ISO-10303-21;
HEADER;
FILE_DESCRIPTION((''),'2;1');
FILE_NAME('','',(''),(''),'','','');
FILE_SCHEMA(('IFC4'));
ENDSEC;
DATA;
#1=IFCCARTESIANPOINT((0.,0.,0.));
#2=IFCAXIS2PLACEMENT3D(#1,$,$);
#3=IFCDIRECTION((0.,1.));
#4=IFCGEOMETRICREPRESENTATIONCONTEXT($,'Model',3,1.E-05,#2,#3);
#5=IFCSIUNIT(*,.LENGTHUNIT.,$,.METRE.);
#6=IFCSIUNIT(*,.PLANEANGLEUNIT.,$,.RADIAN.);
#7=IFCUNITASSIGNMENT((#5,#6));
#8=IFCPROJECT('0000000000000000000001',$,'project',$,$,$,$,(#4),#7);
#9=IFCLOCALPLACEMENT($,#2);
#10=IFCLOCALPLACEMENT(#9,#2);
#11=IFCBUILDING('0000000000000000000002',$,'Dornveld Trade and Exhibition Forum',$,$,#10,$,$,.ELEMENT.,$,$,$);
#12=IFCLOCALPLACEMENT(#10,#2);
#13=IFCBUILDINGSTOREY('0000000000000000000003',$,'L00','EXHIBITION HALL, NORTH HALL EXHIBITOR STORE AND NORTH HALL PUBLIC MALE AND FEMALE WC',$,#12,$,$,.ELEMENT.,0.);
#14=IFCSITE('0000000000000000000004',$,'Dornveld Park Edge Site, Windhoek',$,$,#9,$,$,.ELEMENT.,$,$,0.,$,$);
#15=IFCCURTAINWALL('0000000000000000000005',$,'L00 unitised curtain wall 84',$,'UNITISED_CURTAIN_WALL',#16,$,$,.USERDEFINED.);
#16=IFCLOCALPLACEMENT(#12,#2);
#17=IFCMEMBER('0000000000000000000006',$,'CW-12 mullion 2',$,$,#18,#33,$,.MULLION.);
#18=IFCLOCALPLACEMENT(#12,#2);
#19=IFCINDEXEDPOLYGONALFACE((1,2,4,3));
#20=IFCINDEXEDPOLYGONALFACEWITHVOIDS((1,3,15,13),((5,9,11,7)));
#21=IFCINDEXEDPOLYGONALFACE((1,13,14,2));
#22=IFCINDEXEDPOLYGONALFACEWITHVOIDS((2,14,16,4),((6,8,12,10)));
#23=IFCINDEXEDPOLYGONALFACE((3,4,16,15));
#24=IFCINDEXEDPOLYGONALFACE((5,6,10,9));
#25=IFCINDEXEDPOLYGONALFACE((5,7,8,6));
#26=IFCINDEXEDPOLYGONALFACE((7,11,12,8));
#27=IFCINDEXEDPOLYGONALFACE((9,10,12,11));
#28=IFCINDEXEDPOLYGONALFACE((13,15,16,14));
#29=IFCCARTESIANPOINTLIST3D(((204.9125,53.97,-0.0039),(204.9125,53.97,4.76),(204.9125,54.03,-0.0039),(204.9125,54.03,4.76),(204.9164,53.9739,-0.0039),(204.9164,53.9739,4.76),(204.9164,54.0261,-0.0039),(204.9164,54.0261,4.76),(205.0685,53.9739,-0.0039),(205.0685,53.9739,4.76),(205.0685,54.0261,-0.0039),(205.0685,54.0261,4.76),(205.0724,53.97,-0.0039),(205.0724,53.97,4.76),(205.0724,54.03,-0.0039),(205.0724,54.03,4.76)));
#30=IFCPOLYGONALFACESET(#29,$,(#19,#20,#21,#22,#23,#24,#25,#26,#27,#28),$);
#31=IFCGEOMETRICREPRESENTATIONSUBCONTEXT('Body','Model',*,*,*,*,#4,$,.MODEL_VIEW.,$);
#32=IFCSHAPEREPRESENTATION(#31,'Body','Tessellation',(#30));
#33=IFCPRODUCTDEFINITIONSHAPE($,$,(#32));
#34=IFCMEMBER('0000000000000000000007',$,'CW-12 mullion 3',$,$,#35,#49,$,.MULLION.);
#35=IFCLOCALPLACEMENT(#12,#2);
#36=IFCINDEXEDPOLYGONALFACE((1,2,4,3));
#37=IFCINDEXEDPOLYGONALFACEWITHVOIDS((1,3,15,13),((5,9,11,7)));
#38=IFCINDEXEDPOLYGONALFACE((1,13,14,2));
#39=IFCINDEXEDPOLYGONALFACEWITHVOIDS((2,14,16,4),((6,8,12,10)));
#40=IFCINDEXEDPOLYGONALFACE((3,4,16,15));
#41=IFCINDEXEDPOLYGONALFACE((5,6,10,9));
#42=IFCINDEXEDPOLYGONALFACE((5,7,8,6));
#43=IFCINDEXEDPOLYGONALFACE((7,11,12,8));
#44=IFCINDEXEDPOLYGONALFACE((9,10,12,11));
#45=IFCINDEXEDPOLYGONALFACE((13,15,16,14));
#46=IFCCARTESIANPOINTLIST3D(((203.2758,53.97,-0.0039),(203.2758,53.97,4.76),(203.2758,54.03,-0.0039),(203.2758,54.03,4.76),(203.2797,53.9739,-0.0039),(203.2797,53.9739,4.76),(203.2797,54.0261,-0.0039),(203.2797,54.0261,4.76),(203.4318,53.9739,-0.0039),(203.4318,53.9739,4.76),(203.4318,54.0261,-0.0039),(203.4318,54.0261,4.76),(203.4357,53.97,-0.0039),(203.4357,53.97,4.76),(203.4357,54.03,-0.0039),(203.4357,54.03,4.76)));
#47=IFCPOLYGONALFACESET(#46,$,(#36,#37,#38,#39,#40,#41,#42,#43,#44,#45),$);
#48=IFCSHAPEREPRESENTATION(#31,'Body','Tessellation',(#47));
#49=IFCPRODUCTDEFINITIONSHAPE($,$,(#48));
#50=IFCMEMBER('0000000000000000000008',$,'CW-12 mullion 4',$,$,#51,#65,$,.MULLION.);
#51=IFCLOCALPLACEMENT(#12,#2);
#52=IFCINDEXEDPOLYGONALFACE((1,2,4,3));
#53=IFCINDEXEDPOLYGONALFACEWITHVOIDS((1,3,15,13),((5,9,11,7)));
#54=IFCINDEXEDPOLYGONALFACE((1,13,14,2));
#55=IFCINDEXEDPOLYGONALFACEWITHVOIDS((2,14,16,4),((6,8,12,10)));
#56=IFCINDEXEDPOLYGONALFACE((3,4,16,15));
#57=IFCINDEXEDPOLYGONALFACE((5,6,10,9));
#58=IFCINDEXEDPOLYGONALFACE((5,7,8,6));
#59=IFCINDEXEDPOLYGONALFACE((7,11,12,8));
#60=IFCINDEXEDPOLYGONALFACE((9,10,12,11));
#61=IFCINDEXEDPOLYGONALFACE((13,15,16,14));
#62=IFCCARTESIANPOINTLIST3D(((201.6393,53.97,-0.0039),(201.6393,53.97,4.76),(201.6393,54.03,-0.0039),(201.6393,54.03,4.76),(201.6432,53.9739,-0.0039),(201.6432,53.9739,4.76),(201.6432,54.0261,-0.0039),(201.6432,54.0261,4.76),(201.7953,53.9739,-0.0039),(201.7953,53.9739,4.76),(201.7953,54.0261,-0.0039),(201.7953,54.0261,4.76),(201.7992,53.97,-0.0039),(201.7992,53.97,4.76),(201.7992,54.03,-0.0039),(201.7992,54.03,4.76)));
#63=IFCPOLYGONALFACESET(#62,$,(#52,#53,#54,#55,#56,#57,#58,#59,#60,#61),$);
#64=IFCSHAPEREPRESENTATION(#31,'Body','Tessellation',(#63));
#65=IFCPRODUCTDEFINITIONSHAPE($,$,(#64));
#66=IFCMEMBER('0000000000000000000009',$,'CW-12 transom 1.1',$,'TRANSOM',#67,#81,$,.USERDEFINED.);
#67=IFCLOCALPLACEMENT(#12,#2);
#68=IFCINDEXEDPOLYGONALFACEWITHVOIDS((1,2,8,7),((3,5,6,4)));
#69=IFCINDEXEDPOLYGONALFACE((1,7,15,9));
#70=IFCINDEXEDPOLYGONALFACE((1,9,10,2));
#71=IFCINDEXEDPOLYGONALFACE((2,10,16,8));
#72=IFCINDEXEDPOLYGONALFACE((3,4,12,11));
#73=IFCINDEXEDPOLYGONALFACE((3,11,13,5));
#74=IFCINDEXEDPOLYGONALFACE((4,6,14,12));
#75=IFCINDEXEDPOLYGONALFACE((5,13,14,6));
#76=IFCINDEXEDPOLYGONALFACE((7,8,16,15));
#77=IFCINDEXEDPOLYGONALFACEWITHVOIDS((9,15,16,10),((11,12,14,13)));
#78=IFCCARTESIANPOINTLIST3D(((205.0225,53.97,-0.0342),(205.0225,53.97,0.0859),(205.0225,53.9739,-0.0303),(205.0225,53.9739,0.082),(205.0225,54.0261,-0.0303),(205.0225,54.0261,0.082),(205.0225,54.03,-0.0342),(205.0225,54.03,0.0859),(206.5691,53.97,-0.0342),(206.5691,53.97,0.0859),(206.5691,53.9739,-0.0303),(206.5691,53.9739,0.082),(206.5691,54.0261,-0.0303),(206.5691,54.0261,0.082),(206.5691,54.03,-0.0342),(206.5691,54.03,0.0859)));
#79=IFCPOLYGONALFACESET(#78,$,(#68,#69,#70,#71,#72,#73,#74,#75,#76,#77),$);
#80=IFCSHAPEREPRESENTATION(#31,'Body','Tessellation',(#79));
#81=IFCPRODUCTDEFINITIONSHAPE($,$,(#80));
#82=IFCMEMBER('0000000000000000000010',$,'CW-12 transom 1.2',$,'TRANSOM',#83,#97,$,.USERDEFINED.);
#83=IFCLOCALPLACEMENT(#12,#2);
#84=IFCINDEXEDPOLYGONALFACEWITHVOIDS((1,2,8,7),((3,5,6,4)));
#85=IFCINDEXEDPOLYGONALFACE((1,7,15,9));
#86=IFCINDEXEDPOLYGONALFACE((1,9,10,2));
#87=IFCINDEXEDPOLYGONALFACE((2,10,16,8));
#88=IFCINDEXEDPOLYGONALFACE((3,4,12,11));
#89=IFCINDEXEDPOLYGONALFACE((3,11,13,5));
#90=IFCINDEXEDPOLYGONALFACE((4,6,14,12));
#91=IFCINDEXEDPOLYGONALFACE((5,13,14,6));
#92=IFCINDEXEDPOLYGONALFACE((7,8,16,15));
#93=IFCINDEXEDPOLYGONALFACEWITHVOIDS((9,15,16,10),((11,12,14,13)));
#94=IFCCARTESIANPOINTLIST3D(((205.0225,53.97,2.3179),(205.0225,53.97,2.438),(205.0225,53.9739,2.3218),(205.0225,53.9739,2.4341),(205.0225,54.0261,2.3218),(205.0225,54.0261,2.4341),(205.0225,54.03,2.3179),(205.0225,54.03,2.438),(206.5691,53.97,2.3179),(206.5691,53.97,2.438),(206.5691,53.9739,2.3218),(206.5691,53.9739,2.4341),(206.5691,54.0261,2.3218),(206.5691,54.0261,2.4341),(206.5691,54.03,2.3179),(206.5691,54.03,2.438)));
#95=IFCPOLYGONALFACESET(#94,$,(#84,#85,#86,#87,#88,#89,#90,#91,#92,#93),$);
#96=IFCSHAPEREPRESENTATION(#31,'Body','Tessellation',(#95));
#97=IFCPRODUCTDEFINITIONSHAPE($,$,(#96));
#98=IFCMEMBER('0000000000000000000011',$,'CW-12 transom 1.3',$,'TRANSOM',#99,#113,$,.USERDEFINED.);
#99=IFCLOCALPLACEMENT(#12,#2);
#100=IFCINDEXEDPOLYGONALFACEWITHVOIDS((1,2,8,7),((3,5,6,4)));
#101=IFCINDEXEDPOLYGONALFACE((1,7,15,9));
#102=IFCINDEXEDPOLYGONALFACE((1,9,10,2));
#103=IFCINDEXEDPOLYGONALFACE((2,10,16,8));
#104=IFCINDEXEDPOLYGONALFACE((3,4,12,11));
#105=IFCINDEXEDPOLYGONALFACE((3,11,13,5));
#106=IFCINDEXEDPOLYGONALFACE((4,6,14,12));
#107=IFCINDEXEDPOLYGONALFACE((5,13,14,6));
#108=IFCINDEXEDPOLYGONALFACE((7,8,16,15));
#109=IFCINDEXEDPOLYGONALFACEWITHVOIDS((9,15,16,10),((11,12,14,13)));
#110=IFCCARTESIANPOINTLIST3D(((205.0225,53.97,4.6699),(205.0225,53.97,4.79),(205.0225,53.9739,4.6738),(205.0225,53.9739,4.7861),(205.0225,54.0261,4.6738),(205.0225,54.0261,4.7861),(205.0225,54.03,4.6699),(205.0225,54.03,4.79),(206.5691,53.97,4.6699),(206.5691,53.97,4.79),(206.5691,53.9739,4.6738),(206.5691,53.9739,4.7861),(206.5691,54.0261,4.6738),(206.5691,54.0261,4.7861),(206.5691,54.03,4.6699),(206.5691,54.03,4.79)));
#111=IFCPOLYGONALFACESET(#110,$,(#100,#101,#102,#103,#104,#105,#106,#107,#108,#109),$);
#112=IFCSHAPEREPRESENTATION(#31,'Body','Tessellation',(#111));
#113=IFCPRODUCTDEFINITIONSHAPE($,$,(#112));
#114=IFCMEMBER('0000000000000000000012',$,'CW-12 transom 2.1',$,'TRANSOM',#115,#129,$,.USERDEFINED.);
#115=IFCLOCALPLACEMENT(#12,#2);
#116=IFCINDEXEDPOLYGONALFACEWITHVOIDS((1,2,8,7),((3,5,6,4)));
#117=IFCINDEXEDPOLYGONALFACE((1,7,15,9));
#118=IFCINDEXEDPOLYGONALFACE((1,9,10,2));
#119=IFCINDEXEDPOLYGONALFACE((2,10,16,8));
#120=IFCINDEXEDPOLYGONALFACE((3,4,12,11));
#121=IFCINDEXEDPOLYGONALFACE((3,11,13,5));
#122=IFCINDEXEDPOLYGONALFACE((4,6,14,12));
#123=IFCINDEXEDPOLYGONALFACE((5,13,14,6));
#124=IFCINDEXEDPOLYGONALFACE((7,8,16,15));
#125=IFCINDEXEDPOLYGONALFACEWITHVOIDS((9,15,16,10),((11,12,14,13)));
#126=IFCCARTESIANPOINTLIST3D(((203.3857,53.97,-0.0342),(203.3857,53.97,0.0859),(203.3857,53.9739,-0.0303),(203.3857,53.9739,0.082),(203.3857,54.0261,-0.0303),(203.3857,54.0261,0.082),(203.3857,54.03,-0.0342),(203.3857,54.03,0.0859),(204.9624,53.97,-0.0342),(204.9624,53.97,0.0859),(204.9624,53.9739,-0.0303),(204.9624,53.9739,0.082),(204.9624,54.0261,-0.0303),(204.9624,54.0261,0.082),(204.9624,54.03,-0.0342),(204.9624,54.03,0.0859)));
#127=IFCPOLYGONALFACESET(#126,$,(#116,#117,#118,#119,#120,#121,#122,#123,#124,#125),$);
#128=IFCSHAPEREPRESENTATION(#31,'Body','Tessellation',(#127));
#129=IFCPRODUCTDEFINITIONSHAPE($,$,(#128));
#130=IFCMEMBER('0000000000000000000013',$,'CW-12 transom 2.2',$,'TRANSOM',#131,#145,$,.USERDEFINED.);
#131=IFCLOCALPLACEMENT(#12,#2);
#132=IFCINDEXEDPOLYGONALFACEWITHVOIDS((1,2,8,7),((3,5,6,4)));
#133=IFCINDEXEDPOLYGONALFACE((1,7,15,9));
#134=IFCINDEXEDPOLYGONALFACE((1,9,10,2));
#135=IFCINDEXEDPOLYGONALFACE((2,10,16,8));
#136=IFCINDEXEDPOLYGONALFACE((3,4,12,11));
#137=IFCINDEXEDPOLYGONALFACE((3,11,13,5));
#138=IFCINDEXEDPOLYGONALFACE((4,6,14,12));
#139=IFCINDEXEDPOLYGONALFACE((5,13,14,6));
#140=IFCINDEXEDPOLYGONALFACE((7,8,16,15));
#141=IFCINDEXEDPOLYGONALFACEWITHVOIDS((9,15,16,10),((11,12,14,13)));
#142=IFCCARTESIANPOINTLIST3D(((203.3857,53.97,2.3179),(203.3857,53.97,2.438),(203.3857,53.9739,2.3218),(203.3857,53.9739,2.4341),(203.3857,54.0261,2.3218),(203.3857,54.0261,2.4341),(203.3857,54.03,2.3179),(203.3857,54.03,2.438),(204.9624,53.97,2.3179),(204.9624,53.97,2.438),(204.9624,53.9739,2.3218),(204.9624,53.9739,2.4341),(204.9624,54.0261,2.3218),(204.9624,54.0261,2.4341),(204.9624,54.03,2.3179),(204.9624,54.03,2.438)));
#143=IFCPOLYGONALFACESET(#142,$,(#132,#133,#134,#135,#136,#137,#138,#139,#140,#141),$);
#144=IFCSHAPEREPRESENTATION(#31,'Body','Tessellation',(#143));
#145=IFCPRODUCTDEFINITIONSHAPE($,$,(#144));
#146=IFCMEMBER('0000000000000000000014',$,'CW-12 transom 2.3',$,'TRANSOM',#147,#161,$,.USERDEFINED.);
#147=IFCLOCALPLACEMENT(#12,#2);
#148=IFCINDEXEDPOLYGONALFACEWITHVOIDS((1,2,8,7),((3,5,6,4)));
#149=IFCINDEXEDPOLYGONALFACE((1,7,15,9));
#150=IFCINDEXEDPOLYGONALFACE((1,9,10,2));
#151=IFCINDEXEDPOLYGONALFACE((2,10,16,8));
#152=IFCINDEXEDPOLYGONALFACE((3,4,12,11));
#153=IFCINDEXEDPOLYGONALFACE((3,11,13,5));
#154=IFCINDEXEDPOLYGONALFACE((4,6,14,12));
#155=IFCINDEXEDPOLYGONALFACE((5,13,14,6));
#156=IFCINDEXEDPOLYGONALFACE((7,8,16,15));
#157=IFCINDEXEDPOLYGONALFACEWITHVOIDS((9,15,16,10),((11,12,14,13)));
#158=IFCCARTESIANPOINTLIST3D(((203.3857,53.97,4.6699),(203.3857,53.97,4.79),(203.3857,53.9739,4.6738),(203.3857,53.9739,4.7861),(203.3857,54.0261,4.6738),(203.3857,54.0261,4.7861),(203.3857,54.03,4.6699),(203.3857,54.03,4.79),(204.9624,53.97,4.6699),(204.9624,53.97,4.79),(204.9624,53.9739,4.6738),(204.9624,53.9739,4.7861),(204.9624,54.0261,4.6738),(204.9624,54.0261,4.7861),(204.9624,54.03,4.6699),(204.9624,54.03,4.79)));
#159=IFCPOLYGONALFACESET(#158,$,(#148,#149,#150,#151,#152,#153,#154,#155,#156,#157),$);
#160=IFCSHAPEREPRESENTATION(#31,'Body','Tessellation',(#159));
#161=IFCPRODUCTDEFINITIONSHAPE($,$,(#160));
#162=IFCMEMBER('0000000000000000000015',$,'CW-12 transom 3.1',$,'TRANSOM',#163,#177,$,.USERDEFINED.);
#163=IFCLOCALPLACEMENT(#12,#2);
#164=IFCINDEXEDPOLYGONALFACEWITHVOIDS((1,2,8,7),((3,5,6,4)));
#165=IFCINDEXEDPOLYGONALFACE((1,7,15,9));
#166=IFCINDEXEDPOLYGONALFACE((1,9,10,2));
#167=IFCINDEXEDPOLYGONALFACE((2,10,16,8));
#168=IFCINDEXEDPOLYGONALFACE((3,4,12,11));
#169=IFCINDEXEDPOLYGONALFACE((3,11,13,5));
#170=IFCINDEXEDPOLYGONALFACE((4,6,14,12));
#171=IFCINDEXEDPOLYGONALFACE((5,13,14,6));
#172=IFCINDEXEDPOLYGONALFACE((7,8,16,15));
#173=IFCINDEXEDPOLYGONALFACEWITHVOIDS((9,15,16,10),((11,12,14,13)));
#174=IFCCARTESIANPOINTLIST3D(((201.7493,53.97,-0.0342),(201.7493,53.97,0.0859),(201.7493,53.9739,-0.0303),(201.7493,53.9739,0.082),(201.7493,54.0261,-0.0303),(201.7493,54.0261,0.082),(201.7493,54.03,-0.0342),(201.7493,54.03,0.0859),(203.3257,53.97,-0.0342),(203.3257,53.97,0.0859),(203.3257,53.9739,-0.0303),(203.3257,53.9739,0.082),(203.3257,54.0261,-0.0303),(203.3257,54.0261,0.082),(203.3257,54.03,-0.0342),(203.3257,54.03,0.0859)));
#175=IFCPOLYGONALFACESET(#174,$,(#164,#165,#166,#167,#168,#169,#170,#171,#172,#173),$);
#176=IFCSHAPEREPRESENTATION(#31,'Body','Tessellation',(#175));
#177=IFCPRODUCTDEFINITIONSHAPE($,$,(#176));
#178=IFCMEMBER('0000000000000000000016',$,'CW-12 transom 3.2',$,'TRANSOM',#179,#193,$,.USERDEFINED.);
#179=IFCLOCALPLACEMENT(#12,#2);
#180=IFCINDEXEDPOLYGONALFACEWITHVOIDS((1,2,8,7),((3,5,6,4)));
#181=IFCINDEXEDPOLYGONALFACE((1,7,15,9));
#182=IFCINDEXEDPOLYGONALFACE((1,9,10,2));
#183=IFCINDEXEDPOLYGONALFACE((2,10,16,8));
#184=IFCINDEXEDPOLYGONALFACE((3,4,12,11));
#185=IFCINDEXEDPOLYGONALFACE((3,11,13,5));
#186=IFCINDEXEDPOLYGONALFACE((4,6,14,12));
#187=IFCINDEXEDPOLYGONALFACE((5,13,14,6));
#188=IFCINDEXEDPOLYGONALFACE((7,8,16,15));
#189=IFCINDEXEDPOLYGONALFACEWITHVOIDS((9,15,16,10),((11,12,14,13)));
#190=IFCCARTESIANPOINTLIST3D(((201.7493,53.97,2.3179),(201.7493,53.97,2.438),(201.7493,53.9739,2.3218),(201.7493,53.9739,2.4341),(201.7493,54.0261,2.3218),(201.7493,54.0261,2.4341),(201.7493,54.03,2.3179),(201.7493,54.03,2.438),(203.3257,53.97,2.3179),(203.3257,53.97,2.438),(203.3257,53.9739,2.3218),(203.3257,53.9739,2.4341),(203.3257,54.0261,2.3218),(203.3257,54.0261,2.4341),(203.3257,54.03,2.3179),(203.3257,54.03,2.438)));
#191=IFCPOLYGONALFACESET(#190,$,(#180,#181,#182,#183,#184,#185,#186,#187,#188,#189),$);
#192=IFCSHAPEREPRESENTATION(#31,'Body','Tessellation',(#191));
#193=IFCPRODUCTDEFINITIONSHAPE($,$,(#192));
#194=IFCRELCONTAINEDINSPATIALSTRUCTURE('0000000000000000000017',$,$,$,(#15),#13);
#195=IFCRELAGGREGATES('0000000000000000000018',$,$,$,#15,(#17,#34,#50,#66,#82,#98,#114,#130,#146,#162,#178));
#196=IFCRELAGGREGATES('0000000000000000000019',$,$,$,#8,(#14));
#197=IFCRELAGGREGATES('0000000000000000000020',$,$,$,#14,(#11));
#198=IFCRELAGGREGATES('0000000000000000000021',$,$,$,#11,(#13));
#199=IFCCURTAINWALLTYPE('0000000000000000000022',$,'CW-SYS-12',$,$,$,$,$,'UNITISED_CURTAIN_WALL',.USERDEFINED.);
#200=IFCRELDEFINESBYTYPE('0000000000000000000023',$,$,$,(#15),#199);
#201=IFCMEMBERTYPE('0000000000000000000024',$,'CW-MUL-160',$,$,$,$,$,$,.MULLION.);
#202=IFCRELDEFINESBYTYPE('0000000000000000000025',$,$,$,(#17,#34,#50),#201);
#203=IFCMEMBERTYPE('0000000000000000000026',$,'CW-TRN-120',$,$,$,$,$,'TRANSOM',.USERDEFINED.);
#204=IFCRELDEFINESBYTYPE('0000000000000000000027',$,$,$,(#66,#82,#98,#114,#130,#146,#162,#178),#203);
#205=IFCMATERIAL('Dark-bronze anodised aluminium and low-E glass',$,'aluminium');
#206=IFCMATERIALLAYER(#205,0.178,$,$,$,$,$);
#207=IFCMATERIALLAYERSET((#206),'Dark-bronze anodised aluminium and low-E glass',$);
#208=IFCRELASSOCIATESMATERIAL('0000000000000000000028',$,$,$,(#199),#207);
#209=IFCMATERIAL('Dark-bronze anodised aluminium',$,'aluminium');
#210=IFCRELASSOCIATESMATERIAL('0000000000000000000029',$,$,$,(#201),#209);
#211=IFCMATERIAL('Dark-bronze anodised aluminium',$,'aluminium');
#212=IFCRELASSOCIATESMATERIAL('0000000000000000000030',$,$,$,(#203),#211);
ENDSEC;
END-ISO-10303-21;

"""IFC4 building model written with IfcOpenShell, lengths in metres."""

from ifc_helpers import new_model, si_unit, direction, frame, origin, origin_2d, place, context, subcontext, project, spatial, hollow_rectangle, extrude, material, layer, layer_set, material_profile, profile_set, type_object, element, aggregate, save


model = new_model("IFC4")

# Units and contexts
model_context = context("Model", 3, precision=1e-05, world=origin(), true_north=direction((0.0, 1.0)))
body_context = subcontext(model_context, "Body", "Model", "MODEL_VIEW")
ifc_project = project(units=[si_unit("LENGTHUNIT", "METRE"), si_unit("PLANEANGLEUNIT", "RADIAN")], contexts=[model_context])

# Site, building, storey
site_placement = place(None, origin())
site = spatial("IfcSite", under=ifc_project, at=site_placement, Name="Dornveld Park Edge Site, Windhoek", CompositionType="ELEMENT", RefElevation=0.0)
building_placement = place(site_placement, origin())
building = spatial("IfcBuilding", under=site, at=building_placement, Name="Dornveld Trade and Exhibition Forum", CompositionType="ELEMENT")
storey_placement = place(building_placement, origin())
storey = spatial("IfcBuildingStorey", under=building, at=storey_placement, Name="L00", Description="EXHIBITION HALL, NORTH HALL EXHIBITOR STORE AND NORTH HALL PUBLIC MALE AND FEMALE WC", CompositionType="ELEMENT", Elevation=0.0)

# Curtain wall, members
ifc_material_1 = material(Name="Dark-bronze anodised aluminium and low-E glass", Category="aluminium")
ifc_layer_1 = layer(ifc_material_1, 0.178)
ifc_layer_set_1 = layer_set([ifc_layer_1], Name="Dark-bronze anodised aluminium and low-E glass")
curtain_wall_type = type_object("IfcCurtainWallType", Name="CW-SYS-12", ElementType="UNITISED_CURTAIN_WALL", PredefinedType="USERDEFINED", material=ifc_layer_set_1)
curtain_wall_placement = place(storey_placement, origin())
curtain_wall = element("IfcCurtainWall", 1, at=curtain_wall_placement, inside=storey, type_object=curtain_wall_type, Name="L00 unitised curtain wall 84", ObjectType="UNITISED_CURTAIN_WALL", PredefinedType="USERDEFINED")
ifc_material_2 = material(Name="Dark-bronze anodised aluminium", Category="aluminium")
ifc_material_profile_1 = material_profile(ifc_material_2, hollow_rectangle(XDim=0.0601, YDim=0.1599, WallThickness=0.0039, at=origin_2d()), Name="RHS 160x60x4")
ifc_profile_set_1 = profile_set([ifc_material_profile_1], Name="Dark-bronze anodised aluminium")
member_type_1 = type_object("IfcMemberType", Name="CW-MUL-160", PredefinedType="MULLION", material=ifc_profile_set_1)
member_1_placement = place(storey_placement, frame((204.9924, 54.0, -0.0039), z_axis=(0.0, 0.0, 1.0), x_axis=(0.0, -1.0, 0.0)))
member_1 = element("IfcMember", 2, at=member_1_placement, type_object=member_type_1, Name="CW-12 mullion 2", PredefinedType="MULLION", context=body_context, shape_type="SweptSolid", body=[
    extrude(hollow_rectangle(XDim=0.0601, YDim=0.1599, WallThickness=0.0039, at=origin_2d()), origin(), (0.0, 0.0, 1.0), 4.7639),
])
member_2_placement = place(storey_placement, frame((203.3557, 54.0, -0.0039), z_axis=(0.0, 0.0, 1.0), x_axis=(0.0, -1.0, 0.0)))
member_2 = element("IfcMember", 3, at=member_2_placement, type_object=member_type_1, Name="CW-12 mullion 3", PredefinedType="MULLION", context=body_context, shape_type="SweptSolid", body=[
    extrude(hollow_rectangle(XDim=0.0601, YDim=0.1599, WallThickness=0.0039, at=origin_2d()), origin(), (0.0, 0.0, 1.0), 4.7639),
])
member_3_placement = place(storey_placement, frame((201.7192, 54.0, -0.0039), z_axis=(0.0, 0.0, 1.0), x_axis=(0.0, -1.0, 0.0)))
member_3 = element("IfcMember", 4, at=member_3_placement, type_object=member_type_1, Name="CW-12 mullion 4", PredefinedType="MULLION", context=body_context, shape_type="SweptSolid", body=[
    extrude(hollow_rectangle(XDim=0.0601, YDim=0.1599, WallThickness=0.0039, at=origin_2d()), origin(), (0.0, 0.0, 1.0), 4.7639),
])
ifc_material_3 = material(Name="Dark-bronze anodised aluminium", Category="aluminium")
ifc_material_profile_2 = material_profile(ifc_material_3, hollow_rectangle(XDim=0.0601, YDim=0.1201, WallThickness=0.0039, at=origin_2d()), Name="RHS 120x60x4")
ifc_profile_set_2 = profile_set([ifc_material_profile_2], Name="Dark-bronze anodised aluminium")
member_type_2 = type_object("IfcMemberType", Name="CW-TRN-120", ElementType="TRANSOM", PredefinedType="USERDEFINED", material=ifc_profile_set_2)
member_4_placement = place(storey_placement, frame((206.5691, 54.0, 0.0259), z_axis=(-1.0, 0.0, 0.0), x_axis=(0.0, -1.0, 0.0)))
member_4 = element("IfcMember", 5, at=member_4_placement, type_object=member_type_2, Name="CW-12 transom 1.1", ObjectType="TRANSOM", PredefinedType="USERDEFINED", context=body_context, shape_type="SweptSolid", body=[
    extrude(hollow_rectangle(XDim=0.0601, YDim=0.1201, WallThickness=0.0039, at=origin_2d()), origin(), (0.0, 0.0, 1.0), 1.5466),
])
member_5_placement = place(storey_placement, frame((206.5691, 54.0, 2.3779), z_axis=(-1.0, 0.0, 0.0), x_axis=(0.0, -1.0, 0.0)))
member_5 = element("IfcMember", 6, at=member_5_placement, type_object=member_type_2, Name="CW-12 transom 1.2", ObjectType="TRANSOM", PredefinedType="USERDEFINED", context=body_context, shape_type="SweptSolid", body=[
    extrude(hollow_rectangle(XDim=0.0601, YDim=0.1201, WallThickness=0.0039, at=origin_2d()), origin(), (0.0, 0.0, 1.0), 1.5466),
])
member_6_placement = place(storey_placement, frame((206.5691, 54.0, 4.73), z_axis=(-1.0, 0.0, 0.0), x_axis=(0.0, -1.0, 0.0)))
member_6 = element("IfcMember", 7, at=member_6_placement, type_object=member_type_2, Name="CW-12 transom 1.3", ObjectType="TRANSOM", PredefinedType="USERDEFINED", context=body_context, shape_type="SweptSolid", body=[
    extrude(hollow_rectangle(XDim=0.0601, YDim=0.1201, WallThickness=0.0039, at=origin_2d()), origin(), (0.0, 0.0, 1.0), 1.5466),
])
member_7_placement = place(storey_placement, frame((204.9624, 54.0, 0.0259), z_axis=(-1.0, 0.0, 0.0), x_axis=(0.0, -1.0, 0.0)))
member_7 = element("IfcMember", 8, at=member_7_placement, type_object=member_type_2, Name="CW-12 transom 2.1", ObjectType="TRANSOM", PredefinedType="USERDEFINED", context=body_context, shape_type="SweptSolid", body=[
    extrude(hollow_rectangle(XDim=0.0601, YDim=0.1201, WallThickness=0.0039, at=origin_2d()), origin(), (0.0, 0.0, 1.0), 1.5767),
])
member_8_placement = place(storey_placement, frame((204.9624, 54.0, 2.3779), z_axis=(-1.0, 0.0, 0.0), x_axis=(0.0, -1.0, 0.0)))
member_8 = element("IfcMember", 9, at=member_8_placement, type_object=member_type_2, Name="CW-12 transom 2.2", ObjectType="TRANSOM", PredefinedType="USERDEFINED", context=body_context, shape_type="SweptSolid", body=[
    extrude(hollow_rectangle(XDim=0.0601, YDim=0.1201, WallThickness=0.0039, at=origin_2d()), origin(), (0.0, 0.0, 1.0), 1.5767),
])
member_9_placement = place(storey_placement, frame((204.9624, 54.0, 4.73), z_axis=(-1.0, 0.0, 0.0), x_axis=(0.0, -1.0, 0.0)))
member_9 = element("IfcMember", 10, at=member_9_placement, type_object=member_type_2, Name="CW-12 transom 2.3", ObjectType="TRANSOM", PredefinedType="USERDEFINED", context=body_context, shape_type="SweptSolid", body=[
    extrude(hollow_rectangle(XDim=0.0601, YDim=0.1201, WallThickness=0.0039, at=origin_2d()), origin(), (0.0, 0.0, 1.0), 1.5767),
])
member_10_placement = place(storey_placement, frame((203.3257, 54.0, 0.0259), z_axis=(-1.0, 0.0, 0.0), x_axis=(0.0, -1.0, 0.0)))
member_10 = element("IfcMember", 11, at=member_10_placement, type_object=member_type_2, Name="CW-12 transom 3.1", ObjectType="TRANSOM", PredefinedType="USERDEFINED", context=body_context, shape_type="SweptSolid", body=[
    extrude(hollow_rectangle(XDim=0.0601, YDim=0.1201, WallThickness=0.0039, at=origin_2d()), origin(), (0.0, 0.0, 1.0), 1.5764),
])
member_11_placement = place(storey_placement, frame((203.3257, 54.0, 2.3779), z_axis=(-1.0, 0.0, 0.0), x_axis=(0.0, -1.0, 0.0)))
member_11 = element("IfcMember", 12, at=member_11_placement, type_object=member_type_2, Name="CW-12 transom 3.2", ObjectType="TRANSOM", PredefinedType="USERDEFINED", context=body_context, shape_type="SweptSolid", body=[
    extrude(hollow_rectangle(XDim=0.0601, YDim=0.1201, WallThickness=0.0039, at=origin_2d()), origin(), (0.0, 0.0, 1.0), 1.5764),
])
aggregate(curtain_wall, [member_1, member_2, member_3, member_4, member_5, member_6, member_7, member_8, member_9, member_10, member_11])

save(model, "model.ifc")
